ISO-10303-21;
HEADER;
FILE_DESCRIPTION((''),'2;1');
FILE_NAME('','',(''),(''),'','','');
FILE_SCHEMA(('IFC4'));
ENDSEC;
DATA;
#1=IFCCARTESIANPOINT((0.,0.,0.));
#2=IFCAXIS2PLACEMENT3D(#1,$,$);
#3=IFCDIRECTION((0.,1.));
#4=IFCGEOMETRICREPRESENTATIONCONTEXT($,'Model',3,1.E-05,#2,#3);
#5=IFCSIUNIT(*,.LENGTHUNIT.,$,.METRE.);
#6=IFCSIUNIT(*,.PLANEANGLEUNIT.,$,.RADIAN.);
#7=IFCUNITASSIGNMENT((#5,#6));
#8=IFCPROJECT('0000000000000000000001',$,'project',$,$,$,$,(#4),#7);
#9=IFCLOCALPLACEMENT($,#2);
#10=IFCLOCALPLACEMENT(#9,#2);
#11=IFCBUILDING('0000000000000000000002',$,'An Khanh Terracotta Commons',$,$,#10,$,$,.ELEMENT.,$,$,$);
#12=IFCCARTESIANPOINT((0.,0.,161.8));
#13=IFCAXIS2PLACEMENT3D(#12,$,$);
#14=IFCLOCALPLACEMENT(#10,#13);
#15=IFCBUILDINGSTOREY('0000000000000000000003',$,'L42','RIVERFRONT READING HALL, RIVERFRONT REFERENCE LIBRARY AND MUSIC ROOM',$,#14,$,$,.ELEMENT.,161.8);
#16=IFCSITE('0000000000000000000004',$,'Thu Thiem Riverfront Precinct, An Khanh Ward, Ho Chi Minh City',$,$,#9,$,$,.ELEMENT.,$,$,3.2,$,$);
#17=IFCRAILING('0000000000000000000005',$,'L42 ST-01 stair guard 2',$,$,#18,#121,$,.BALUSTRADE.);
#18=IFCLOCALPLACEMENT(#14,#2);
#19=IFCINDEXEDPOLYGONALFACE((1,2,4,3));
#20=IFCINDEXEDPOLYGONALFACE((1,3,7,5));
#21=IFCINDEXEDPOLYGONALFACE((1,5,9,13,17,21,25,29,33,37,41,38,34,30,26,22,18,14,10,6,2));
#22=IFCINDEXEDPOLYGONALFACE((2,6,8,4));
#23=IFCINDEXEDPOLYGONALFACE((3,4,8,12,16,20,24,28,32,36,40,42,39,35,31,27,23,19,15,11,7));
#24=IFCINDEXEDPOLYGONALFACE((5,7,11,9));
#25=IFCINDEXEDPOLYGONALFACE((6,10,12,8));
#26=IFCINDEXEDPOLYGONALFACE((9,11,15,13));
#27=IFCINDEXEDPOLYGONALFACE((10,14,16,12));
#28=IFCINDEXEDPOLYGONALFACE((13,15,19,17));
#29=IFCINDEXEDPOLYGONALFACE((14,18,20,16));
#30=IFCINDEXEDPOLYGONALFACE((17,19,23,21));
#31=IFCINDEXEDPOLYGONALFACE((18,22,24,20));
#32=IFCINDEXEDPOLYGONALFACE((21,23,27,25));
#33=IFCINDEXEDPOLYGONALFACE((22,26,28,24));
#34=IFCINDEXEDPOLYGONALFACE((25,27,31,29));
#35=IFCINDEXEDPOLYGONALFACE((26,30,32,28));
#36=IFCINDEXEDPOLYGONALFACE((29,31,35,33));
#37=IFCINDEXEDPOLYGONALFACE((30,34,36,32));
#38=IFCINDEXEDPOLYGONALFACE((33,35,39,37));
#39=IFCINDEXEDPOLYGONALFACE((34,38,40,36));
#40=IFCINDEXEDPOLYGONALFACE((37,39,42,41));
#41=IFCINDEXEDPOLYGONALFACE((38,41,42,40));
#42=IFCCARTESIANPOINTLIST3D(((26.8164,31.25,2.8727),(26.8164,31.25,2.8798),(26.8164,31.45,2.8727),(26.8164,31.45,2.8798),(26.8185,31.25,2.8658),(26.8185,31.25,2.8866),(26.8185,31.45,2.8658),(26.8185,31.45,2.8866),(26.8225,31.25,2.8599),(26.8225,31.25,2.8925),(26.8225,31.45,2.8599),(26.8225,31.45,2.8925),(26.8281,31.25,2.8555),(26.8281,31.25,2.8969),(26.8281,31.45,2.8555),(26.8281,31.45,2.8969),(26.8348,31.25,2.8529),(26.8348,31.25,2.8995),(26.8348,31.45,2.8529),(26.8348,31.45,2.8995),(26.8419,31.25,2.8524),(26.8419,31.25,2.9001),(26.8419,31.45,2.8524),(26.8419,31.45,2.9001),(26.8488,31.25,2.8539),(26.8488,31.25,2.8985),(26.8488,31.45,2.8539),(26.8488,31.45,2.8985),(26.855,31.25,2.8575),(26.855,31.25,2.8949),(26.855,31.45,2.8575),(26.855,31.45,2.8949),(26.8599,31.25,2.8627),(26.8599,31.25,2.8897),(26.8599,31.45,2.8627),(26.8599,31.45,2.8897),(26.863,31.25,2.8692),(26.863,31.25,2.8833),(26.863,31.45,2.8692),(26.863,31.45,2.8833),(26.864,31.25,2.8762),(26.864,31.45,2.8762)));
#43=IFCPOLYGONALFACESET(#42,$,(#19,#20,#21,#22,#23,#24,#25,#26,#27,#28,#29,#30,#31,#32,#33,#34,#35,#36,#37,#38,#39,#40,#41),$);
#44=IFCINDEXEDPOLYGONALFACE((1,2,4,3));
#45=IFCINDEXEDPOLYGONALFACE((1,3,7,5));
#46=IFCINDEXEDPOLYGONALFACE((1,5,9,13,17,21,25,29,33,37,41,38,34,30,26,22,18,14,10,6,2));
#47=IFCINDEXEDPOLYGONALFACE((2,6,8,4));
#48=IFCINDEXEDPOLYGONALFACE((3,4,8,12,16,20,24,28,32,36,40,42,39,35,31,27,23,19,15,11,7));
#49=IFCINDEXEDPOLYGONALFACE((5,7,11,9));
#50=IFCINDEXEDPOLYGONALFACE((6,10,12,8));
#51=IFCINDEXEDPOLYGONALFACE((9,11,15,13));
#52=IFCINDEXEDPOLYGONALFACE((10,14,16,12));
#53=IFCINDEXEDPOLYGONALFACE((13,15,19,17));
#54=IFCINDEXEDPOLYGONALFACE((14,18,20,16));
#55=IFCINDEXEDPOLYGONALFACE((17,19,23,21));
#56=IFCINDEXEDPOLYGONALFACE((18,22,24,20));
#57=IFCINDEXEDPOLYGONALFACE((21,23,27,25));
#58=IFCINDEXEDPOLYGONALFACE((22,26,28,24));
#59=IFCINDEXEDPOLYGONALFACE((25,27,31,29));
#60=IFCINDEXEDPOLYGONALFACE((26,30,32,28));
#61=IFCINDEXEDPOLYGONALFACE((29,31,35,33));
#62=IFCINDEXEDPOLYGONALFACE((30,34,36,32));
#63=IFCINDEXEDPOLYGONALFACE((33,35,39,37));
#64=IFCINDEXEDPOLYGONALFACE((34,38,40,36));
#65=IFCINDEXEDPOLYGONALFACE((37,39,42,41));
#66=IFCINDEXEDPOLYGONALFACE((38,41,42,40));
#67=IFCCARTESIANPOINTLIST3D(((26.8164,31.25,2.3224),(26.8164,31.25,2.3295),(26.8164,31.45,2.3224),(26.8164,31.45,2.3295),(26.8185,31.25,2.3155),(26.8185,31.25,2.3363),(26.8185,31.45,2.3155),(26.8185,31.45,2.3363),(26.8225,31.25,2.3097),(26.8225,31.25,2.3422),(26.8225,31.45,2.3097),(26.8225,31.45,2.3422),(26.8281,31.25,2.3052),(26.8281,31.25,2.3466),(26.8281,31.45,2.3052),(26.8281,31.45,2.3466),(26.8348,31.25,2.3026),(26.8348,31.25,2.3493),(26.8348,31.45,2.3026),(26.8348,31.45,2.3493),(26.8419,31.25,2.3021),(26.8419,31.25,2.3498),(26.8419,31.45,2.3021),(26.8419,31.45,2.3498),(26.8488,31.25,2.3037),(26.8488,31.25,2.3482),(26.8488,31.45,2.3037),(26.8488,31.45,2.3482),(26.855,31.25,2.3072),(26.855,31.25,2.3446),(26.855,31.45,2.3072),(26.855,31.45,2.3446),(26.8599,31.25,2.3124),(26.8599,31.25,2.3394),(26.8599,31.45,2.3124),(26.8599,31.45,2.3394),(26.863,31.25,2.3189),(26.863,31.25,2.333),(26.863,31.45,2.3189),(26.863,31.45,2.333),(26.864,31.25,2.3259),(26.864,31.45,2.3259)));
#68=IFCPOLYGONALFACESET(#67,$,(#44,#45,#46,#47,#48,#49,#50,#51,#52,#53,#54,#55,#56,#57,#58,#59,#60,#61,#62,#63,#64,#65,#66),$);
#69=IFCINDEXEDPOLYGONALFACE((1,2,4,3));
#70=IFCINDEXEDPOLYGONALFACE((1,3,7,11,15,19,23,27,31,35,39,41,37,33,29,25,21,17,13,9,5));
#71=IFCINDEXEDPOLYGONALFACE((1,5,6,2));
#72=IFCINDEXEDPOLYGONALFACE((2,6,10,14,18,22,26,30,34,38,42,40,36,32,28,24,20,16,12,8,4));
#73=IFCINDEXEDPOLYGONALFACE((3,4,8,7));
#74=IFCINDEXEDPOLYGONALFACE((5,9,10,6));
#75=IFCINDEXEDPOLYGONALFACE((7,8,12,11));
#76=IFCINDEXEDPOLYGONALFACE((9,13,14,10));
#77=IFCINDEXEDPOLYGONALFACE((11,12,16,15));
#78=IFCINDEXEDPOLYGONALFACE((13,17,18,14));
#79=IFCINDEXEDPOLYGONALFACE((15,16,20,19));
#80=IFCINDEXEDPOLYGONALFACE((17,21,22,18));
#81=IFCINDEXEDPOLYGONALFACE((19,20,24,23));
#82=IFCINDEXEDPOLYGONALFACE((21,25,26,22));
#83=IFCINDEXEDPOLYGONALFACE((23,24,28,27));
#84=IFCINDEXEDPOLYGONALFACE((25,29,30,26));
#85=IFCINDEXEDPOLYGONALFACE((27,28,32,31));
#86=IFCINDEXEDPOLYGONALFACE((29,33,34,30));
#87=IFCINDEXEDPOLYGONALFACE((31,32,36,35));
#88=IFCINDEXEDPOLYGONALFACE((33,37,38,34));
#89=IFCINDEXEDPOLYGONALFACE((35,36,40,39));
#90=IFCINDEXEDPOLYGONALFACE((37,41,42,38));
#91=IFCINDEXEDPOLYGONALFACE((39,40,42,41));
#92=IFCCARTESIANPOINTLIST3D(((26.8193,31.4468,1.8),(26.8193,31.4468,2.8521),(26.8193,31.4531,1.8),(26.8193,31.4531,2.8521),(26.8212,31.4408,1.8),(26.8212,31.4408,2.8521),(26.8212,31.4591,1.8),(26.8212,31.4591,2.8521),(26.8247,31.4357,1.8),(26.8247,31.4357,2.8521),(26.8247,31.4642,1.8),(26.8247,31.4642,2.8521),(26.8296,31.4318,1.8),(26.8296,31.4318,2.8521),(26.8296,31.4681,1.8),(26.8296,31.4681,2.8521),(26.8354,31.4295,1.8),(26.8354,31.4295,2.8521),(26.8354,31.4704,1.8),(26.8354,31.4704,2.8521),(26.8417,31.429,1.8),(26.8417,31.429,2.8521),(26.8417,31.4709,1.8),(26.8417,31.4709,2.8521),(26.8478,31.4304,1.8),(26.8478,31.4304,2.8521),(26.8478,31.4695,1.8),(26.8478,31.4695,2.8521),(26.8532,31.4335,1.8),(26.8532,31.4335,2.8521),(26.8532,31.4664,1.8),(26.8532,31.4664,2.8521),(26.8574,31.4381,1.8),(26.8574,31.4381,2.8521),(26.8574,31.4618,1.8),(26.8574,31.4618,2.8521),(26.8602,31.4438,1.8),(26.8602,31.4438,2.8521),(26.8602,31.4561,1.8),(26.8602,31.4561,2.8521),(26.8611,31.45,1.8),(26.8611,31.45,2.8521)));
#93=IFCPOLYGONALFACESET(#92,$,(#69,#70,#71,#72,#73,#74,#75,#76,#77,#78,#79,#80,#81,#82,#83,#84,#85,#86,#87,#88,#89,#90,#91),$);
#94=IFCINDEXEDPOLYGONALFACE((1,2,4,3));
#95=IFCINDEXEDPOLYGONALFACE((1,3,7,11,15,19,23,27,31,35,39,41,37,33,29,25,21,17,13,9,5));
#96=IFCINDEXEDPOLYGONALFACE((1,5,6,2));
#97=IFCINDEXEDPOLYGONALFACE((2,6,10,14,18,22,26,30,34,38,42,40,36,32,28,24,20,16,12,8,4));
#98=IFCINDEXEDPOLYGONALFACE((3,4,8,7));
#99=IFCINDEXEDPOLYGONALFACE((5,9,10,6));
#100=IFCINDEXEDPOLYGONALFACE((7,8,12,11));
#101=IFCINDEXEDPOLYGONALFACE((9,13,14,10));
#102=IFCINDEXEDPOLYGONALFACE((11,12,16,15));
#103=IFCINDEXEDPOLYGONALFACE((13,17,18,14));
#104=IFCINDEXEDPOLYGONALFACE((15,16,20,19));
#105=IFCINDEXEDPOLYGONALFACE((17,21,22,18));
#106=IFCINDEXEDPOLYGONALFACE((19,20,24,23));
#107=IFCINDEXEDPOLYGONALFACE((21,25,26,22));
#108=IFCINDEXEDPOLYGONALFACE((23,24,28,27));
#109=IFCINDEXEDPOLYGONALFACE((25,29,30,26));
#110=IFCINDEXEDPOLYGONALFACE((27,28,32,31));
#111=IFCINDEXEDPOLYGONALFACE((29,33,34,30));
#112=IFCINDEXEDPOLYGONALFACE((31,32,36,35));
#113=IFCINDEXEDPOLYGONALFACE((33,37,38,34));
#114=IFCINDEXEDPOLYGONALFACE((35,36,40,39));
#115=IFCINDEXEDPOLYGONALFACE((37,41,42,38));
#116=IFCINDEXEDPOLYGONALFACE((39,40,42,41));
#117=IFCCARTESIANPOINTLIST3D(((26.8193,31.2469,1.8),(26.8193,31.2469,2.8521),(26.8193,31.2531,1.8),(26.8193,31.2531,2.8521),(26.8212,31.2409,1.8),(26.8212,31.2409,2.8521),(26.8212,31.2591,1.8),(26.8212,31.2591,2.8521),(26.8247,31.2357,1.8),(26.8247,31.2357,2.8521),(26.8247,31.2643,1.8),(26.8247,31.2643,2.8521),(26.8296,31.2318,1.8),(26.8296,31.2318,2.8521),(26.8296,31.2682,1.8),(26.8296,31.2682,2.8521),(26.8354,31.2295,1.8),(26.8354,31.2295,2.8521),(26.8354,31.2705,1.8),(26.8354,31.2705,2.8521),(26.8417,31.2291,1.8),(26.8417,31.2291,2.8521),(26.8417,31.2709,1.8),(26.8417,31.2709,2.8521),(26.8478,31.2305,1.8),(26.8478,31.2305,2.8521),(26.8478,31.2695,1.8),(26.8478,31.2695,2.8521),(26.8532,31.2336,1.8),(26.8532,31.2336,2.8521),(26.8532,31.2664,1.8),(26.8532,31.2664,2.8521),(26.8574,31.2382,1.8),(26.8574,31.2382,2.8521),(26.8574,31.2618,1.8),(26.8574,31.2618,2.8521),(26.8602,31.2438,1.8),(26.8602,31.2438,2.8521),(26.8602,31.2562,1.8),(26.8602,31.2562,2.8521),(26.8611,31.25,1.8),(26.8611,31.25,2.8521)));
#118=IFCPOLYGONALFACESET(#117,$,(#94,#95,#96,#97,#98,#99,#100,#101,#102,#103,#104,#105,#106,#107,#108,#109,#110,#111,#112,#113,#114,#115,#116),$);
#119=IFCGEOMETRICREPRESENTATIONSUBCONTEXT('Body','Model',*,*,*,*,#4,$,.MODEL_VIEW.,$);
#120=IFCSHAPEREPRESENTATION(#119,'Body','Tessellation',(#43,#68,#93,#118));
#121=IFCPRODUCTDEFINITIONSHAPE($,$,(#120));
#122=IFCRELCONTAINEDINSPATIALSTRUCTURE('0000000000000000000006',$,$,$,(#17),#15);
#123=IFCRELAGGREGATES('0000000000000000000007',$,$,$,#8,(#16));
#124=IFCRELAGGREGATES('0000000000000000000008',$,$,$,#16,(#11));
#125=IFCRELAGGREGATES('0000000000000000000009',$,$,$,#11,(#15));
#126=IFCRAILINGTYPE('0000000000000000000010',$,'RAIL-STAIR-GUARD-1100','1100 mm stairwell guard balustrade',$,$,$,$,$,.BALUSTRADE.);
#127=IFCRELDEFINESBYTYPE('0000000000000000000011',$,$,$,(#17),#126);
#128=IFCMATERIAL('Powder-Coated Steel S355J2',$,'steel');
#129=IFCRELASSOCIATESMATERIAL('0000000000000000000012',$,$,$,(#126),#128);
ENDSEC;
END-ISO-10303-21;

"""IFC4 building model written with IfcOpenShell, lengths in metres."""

from ifc_helpers import new_model, si_unit, direction, frame, origin, origin_2d, place, context, subcontext, project, spatial, circle, extrude, material, type_object, element, save


model = new_model("IFC4")

# Units and contexts
model_context = context("Model", 3, precision=1e-05, world=origin(), true_north=direction((0.0, 1.0)))
body_context = subcontext(model_context, "Body", "Model", "MODEL_VIEW")
ifc_project = project(units=[si_unit("LENGTHUNIT", "METRE"), si_unit("PLANEANGLEUNIT", "RADIAN")], contexts=[model_context])

# Site, building, storey
site_placement = place(None, origin())
site = spatial("IfcSite", under=ifc_project, at=site_placement, Name="Thu Thiem Riverfront Precinct, An Khanh Ward, Ho Chi Minh City", CompositionType="ELEMENT", RefElevation=3.2)
building_placement = place(site_placement, origin())
building = spatial("IfcBuilding", under=site, at=building_placement, Name="An Khanh Terracotta Commons", CompositionType="ELEMENT")
storey_placement = place(building_placement, frame((0.0, 0.0, 161.8)))
storey = spatial("IfcBuildingStorey", under=building, at=storey_placement, Name="L42", Description="RIVERFRONT READING HALL, RIVERFRONT REFERENCE LIBRARY AND MUSIC ROOM", CompositionType="ELEMENT", Elevation=161.8)

# Railing
ifc_material_1 = material(Name="Powder-Coated Steel S355J2", Category="steel")
railing_type_1 = type_object("IfcRailingType", Name="RAIL-STAIR-GUARD-1100", Description="1100 mm stairwell guard balustrade", PredefinedType="BALUSTRADE", material=ifc_material_1)
railing_1_placement = place(storey_placement, frame((26.8401, 31.45, 1.8)))
element("IfcRailing", 1, at=railing_1_placement, inside=storey, type_object=railing_type_1, Name="L42 ST-01 stair guard 2", PredefinedType="BALUSTRADE", context=body_context, shape_type="SweptSolid", body=[
    extrude(circle(Radius=0.0239, at=origin_2d()), frame((0.0, 0.0, 1.0762), z_axis=(0.0, -1.0, 0.0), x_axis=(1.0, 0.0, 0.0)), (0.0, 0.0, 1.0), 0.2),
    extrude(circle(Radius=0.0239, at=origin_2d()), frame((0.0, 0.0, 0.5259), z_axis=(0.0, -1.0, 0.0), x_axis=(1.0, 0.0, 0.0)), (0.0, 0.0, 1.0), 0.2),
    extrude(circle(Radius=0.021, at=origin_2d()), origin(), (0.0, 0.0, 1.0), 1.052),
    extrude(circle(Radius=0.021, at=origin_2d()), frame((0.0, -0.2, 0.0)), (0.0, 0.0, 1.0), 1.052),
])

save(model, "model.ifc")
